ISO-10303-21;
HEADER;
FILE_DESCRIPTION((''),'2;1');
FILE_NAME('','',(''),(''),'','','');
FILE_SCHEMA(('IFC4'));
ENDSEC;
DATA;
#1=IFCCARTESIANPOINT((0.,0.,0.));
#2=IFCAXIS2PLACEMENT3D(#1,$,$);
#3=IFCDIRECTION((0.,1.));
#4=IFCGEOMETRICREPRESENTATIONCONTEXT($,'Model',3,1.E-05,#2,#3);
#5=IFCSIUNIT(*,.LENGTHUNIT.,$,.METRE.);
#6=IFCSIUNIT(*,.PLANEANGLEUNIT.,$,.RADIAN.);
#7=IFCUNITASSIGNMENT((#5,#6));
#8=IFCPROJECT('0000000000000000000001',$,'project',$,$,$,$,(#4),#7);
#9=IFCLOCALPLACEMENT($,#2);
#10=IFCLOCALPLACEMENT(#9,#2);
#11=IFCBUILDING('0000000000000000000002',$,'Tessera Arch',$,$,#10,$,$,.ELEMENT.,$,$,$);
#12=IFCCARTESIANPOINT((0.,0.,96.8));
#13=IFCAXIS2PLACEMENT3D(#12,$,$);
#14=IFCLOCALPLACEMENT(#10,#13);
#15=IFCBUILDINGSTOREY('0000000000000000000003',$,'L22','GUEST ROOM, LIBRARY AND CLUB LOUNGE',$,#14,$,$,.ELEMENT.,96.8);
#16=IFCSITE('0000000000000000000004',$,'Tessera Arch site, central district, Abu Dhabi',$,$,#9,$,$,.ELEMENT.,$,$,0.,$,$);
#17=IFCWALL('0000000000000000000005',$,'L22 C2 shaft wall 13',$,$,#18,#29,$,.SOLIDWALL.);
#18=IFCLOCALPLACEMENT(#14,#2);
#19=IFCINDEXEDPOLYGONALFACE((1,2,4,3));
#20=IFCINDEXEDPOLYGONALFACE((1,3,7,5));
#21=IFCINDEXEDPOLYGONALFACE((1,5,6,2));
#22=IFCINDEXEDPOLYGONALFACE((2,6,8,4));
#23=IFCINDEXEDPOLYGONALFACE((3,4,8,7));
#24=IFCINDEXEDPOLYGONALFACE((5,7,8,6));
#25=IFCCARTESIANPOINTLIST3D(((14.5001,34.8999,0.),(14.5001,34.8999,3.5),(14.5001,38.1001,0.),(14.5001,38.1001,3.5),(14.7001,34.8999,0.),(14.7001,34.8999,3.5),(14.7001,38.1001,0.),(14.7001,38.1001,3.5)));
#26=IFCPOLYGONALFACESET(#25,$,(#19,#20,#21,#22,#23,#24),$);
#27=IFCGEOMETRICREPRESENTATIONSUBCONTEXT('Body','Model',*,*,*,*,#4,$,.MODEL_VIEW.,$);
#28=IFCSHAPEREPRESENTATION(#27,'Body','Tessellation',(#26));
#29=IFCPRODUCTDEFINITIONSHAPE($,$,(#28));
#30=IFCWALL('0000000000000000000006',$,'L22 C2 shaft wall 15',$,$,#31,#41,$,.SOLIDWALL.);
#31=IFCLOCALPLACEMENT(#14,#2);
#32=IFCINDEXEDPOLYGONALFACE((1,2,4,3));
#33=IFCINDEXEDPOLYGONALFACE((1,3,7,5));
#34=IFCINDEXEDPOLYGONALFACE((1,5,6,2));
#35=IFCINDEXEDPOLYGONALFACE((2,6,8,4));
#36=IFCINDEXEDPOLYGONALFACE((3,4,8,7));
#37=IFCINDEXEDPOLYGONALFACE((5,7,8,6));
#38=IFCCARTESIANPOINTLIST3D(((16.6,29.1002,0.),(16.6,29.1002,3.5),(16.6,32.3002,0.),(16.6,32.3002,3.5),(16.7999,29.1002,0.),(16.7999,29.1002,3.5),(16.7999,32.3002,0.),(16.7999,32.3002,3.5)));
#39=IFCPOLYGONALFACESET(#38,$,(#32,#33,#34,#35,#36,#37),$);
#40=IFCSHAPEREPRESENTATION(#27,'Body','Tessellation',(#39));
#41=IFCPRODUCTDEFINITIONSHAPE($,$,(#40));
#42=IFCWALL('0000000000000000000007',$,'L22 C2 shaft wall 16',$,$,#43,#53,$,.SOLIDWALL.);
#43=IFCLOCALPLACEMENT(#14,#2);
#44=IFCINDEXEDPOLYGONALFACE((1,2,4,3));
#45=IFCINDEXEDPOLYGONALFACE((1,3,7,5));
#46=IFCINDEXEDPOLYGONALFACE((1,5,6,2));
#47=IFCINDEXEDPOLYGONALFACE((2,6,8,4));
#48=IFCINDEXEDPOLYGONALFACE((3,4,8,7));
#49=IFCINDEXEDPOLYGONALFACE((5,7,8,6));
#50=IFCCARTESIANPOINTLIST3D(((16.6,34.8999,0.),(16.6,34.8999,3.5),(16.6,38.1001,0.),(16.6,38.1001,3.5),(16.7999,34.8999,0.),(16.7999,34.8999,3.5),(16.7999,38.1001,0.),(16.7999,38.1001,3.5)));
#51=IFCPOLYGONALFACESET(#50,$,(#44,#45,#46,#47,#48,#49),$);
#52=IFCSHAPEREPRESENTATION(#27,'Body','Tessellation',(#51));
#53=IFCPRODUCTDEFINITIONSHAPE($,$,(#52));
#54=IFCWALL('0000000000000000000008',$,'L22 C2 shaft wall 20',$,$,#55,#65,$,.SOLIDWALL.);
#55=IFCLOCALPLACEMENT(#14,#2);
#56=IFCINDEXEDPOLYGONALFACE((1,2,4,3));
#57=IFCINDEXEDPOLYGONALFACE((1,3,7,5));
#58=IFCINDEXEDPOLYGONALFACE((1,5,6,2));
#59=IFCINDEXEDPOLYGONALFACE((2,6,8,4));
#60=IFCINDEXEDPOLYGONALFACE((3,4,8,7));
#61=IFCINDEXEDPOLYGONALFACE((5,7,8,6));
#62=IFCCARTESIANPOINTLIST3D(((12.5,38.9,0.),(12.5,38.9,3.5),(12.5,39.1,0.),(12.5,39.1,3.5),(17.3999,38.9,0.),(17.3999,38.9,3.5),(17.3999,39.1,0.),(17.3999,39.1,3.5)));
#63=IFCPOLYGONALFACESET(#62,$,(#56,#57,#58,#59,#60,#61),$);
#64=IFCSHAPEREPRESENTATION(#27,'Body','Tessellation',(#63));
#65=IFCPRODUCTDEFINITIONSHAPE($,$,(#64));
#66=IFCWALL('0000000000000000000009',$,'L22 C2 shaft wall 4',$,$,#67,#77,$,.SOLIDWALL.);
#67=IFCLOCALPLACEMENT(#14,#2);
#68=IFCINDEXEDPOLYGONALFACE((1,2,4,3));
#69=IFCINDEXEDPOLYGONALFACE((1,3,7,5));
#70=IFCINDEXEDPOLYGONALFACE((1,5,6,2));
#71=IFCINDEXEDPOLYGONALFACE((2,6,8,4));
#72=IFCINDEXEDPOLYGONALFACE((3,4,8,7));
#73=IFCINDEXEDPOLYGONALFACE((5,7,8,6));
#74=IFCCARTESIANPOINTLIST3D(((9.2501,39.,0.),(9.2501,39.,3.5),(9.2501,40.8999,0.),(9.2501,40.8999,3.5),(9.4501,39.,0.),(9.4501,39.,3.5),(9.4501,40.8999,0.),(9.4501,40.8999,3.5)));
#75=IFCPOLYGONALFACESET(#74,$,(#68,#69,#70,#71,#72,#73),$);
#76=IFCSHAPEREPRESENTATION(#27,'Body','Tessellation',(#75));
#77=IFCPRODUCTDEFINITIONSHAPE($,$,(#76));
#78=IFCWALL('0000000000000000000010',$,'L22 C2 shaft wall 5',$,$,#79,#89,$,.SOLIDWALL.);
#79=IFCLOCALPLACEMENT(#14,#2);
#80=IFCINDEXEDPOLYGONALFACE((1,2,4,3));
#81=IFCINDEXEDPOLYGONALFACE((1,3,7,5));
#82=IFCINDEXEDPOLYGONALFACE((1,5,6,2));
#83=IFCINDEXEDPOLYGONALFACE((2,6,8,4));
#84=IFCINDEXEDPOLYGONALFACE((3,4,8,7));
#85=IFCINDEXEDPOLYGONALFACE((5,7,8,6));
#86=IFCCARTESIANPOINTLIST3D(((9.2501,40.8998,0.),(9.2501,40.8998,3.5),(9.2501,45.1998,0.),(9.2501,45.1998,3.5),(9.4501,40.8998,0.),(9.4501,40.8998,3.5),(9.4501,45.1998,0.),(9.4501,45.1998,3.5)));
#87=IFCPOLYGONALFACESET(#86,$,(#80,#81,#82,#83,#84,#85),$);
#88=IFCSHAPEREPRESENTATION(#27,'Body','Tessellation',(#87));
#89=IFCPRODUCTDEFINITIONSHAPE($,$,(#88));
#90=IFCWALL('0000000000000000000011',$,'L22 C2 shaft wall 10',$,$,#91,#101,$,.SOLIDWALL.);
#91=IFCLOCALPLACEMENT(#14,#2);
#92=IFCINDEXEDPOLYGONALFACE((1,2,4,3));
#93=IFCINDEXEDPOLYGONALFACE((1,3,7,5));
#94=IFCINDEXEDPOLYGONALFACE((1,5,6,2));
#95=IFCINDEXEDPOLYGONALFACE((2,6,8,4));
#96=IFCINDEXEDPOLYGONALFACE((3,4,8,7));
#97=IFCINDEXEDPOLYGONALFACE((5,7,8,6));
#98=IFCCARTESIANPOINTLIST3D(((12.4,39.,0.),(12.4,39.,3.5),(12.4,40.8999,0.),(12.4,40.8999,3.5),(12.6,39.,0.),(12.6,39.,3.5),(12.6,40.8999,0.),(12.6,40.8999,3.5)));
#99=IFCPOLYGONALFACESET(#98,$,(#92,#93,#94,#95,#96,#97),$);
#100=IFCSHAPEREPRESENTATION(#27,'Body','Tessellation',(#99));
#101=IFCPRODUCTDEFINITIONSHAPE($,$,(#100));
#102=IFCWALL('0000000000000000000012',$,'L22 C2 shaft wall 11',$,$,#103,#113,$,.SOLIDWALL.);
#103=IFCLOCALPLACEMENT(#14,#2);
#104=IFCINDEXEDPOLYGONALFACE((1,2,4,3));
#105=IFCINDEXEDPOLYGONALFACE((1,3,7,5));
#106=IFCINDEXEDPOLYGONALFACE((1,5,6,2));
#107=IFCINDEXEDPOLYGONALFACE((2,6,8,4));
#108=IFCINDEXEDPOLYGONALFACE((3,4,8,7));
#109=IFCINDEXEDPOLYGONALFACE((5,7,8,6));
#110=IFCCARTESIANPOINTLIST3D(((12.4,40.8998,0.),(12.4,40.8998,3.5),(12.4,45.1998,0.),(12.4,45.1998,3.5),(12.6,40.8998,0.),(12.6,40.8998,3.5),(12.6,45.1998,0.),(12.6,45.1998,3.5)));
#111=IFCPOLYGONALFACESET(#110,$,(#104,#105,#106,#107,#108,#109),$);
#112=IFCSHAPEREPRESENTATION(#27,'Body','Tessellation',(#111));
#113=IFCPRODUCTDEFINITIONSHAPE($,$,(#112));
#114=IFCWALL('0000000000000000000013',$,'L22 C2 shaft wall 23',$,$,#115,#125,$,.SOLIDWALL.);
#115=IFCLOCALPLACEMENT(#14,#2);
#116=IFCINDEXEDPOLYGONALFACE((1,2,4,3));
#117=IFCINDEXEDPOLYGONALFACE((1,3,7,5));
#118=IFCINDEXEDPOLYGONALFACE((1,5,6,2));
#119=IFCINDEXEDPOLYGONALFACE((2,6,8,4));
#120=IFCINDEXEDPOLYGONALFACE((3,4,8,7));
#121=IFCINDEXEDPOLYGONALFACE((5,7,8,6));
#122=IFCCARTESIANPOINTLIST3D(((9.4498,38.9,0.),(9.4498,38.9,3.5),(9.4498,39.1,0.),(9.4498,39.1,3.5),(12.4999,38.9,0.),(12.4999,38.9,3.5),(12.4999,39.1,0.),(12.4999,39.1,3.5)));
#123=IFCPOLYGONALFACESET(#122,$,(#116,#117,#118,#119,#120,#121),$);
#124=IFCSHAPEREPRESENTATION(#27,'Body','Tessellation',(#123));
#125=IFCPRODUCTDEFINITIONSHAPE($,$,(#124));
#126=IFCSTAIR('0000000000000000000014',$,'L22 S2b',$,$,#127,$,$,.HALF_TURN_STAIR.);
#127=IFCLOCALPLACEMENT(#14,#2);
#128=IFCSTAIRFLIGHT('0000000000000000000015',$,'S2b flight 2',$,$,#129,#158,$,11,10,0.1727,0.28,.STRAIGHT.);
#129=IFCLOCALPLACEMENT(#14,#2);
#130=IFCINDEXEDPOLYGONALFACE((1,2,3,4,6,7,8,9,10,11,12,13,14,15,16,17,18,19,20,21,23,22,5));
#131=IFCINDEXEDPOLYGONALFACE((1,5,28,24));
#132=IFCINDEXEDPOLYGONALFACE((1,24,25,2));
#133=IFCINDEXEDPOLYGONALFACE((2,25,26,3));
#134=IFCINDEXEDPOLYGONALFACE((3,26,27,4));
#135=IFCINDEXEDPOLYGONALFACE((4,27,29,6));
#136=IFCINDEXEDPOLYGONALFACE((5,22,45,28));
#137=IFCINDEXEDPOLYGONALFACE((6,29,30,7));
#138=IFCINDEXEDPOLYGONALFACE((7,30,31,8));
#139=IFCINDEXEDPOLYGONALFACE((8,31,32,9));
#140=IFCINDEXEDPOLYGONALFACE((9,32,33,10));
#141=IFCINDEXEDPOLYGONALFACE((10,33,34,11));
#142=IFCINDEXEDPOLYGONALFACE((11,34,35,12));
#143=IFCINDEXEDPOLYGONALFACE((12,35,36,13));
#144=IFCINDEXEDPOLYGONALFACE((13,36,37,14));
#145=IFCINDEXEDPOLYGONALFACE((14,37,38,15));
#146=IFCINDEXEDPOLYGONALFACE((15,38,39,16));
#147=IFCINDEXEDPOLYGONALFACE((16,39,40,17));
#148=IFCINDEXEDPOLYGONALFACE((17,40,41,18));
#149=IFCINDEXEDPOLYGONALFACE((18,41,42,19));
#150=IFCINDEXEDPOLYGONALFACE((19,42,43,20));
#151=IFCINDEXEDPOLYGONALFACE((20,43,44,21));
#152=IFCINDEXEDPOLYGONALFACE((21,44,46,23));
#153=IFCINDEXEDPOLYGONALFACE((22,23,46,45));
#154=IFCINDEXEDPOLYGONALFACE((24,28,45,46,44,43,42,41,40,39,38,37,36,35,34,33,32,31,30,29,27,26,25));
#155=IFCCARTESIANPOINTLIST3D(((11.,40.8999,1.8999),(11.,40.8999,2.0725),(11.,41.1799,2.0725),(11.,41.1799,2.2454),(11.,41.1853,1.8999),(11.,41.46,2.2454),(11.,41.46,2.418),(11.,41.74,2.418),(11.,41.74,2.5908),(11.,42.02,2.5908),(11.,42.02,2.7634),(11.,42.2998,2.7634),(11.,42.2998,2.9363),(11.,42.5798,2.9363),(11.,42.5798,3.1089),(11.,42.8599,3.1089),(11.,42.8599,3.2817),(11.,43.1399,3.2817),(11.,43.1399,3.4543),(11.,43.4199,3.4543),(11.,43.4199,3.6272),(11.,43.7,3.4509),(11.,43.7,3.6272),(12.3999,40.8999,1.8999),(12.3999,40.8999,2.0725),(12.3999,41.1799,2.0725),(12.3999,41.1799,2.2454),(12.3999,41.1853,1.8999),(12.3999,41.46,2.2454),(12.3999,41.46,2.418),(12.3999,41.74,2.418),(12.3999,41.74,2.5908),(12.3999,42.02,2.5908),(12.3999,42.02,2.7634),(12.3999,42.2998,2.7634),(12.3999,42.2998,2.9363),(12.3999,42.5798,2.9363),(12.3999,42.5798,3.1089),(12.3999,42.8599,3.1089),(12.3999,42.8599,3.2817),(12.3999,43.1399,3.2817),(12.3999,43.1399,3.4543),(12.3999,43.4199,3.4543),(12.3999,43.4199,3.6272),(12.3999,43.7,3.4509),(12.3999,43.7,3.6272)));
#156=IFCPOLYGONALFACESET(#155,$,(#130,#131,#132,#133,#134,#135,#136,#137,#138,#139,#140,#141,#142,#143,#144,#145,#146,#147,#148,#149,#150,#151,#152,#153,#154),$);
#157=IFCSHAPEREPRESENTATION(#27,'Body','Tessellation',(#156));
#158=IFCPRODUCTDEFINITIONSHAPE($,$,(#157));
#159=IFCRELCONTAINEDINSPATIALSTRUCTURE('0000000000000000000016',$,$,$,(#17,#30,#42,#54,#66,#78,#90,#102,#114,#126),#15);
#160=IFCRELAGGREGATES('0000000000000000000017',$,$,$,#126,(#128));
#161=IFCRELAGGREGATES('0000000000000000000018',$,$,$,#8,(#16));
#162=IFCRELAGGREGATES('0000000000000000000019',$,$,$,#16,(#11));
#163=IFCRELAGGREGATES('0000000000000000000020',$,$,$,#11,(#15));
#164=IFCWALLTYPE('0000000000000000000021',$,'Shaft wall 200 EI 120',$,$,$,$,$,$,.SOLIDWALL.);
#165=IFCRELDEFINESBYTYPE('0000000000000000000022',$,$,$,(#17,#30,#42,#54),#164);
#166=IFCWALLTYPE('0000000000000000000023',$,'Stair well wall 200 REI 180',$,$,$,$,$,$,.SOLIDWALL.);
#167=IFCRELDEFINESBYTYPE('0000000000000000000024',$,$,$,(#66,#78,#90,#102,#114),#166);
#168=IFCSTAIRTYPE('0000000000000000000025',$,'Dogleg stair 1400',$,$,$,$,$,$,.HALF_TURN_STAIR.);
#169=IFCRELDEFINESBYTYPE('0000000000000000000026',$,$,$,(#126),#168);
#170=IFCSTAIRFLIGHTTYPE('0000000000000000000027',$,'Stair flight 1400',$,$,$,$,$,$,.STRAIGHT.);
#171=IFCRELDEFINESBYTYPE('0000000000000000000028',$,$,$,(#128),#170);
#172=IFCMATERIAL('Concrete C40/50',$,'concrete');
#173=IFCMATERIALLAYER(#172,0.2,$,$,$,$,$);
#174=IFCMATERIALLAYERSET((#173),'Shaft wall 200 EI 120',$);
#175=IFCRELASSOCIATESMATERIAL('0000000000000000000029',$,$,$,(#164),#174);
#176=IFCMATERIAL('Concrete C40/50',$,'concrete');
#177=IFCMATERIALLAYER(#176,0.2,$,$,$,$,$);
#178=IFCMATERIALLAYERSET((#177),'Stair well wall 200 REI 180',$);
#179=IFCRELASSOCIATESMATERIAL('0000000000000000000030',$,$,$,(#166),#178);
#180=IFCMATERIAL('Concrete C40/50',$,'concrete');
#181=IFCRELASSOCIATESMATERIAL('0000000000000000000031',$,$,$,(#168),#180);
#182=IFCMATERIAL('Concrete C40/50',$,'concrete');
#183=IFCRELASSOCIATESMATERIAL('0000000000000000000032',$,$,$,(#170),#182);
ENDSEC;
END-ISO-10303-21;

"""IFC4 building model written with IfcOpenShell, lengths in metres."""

from ifc_helpers import new_model, si_unit, direction, frame, frame_2d, origin, place, context, subcontext, project, spatial, polyline, rectangle, outline, extrude, material, layer, layer_set, type_object, element, aggregate, save


model = new_model("IFC4")

# Units and contexts
model_context = context("Model", 3, precision=1e-05, world=origin(), true_north=direction((0.0, 1.0)))
body_context = subcontext(model_context, "Body", "Model", "MODEL_VIEW")
ifc_project = project(units=[si_unit("LENGTHUNIT", "METRE"), si_unit("PLANEANGLEUNIT", "RADIAN")], contexts=[model_context])

# Site, building, storey
site_placement = place(None, origin())
site = spatial("IfcSite", under=ifc_project, at=site_placement, Name="Tessera Arch site, central district, Abu Dhabi", CompositionType="ELEMENT", RefElevation=0.0)
building_placement = place(site_placement, origin())
building = spatial("IfcBuilding", under=site, at=building_placement, Name="Tessera Arch", CompositionType="ELEMENT")
storey_placement = place(building_placement, frame((0.0, 0.0, 96.8)))
storey = spatial("IfcBuildingStorey", under=building, at=storey_placement, Name="L22", Description="GUEST ROOM, LIBRARY AND CLUB LOUNGE", CompositionType="ELEMENT", Elevation=96.8)

# Walls
ifc_material_1 = material(Name="Concrete C40/50", Category="concrete")
ifc_layer_1 = layer(ifc_material_1, 0.2)
ifc_layer_set_1 = layer_set([ifc_layer_1], Name="Shaft wall 200 EI 120")
wall_type_1 = type_object("IfcWallType", Name="Shaft wall 200 EI 120", PredefinedType="SOLIDWALL", material=ifc_layer_set_1)
wall_1_placement = place(storey_placement, frame((14.6001, 34.8999, 0.0), z_axis=(0.0, 0.0, 1.0), x_axis=(0.0, 1.0, 0.0)))
element("IfcWall", 1, at=wall_1_placement, inside=storey, type_object=wall_type_1, Name="L22 C2 shaft wall 13", PredefinedType="SOLIDWALL", context=body_context, shape_type="SweptSolid", body=[
    extrude(rectangle(XDim=3.2002, YDim=0.2, at=frame_2d((1.6001, 0.0))), origin(), (0.0, 0.0, 1.0), 3.5),
])
wall_2_placement = place(storey_placement, frame((16.7, 29.1001, 0.0), z_axis=(0.0, 0.0, 1.0), x_axis=(0.0, 1.0, 0.0)))
element("IfcWall", 2, at=wall_2_placement, inside=storey, type_object=wall_type_1, Name="L22 C2 shaft wall 15", PredefinedType="SOLIDWALL", context=body_context, shape_type="SweptSolid", body=[
    extrude(rectangle(XDim=3.2, YDim=0.2, at=frame_2d((1.6001, 0.0))), origin(), (0.0, 0.0, 1.0), 3.5),
])
wall_3_placement = place(storey_placement, frame((16.7, 34.8999, 0.0), z_axis=(0.0, 0.0, 1.0), x_axis=(0.0, 1.0, 0.0)))
element("IfcWall", 3, at=wall_3_placement, inside=storey, type_object=wall_type_1, Name="L22 C2 shaft wall 16", PredefinedType="SOLIDWALL", context=body_context, shape_type="SweptSolid", body=[
    extrude(rectangle(XDim=3.2002, YDim=0.2, at=frame_2d((1.6001, 0.0))), origin(), (0.0, 0.0, 1.0), 3.5),
])
wall_4_placement = place(storey_placement, frame((12.5, 39.0, 0.0), z_axis=(0.0, 0.0, 1.0), x_axis=(1.0, 0.0, 0.0)))
element("IfcWall", 4, at=wall_4_placement, inside=storey, type_object=wall_type_1, Name="L22 C2 shaft wall 20", PredefinedType="SOLIDWALL", context=body_context, shape_type="SweptSolid", body=[
    extrude(rectangle(XDim=4.8999, YDim=0.2, at=frame_2d((2.45, 0.0))), origin(), (0.0, 0.0, 1.0), 3.5),
])
ifc_material_2 = material(Name="Concrete C40/50", Category="concrete")
ifc_layer_2 = layer(ifc_material_2, 0.2)
ifc_layer_set_2 = layer_set([ifc_layer_2], Name="Stair well wall 200 REI 180")
wall_type_2 = type_object("IfcWallType", Name="Stair well wall 200 REI 180", PredefinedType="SOLIDWALL", material=ifc_layer_set_2)
wall_5_placement = place(storey_placement, frame((9.3501, 39.0, 0.0), z_axis=(0.0, 0.0, 1.0), x_axis=(0.0, 1.0, 0.0)))
element("IfcWall", 5, at=wall_5_placement, inside=storey, type_object=wall_type_2, Name="L22 C2 shaft wall 4", PredefinedType="SOLIDWALL", context=body_context, shape_type="SweptSolid", body=[
    extrude(rectangle(XDim=1.8999, YDim=0.2, at=frame_2d((0.95, 0.0))), origin(), (0.0, 0.0, 1.0), 3.5),
])
wall_6_placement = place(storey_placement, frame((9.3501, 40.8999, 0.0), z_axis=(0.0, 0.0, 1.0), x_axis=(0.0, 1.0, 0.0)))
element("IfcWall", 6, at=wall_6_placement, inside=storey, type_object=wall_type_2, Name="L22 C2 shaft wall 5", PredefinedType="SOLIDWALL", context=body_context, shape_type="SweptSolid", body=[
    extrude(rectangle(XDim=4.3, YDim=0.2, at=frame_2d((2.1499, 0.0))), origin(), (0.0, 0.0, 1.0), 3.5),
])
wall_7_placement = place(storey_placement, frame((12.5, 39.0, 0.0), z_axis=(0.0, 0.0, 1.0), x_axis=(0.0, 1.0, 0.0)))
element("IfcWall", 7, at=wall_7_placement, inside=storey, type_object=wall_type_2, Name="L22 C2 shaft wall 10", PredefinedType="SOLIDWALL", context=body_context, shape_type="SweptSolid", body=[
    extrude(rectangle(XDim=1.8999, YDim=0.2, at=frame_2d((0.95, 0.0))), origin(), (0.0, 0.0, 1.0), 3.5),
])
wall_8_placement = place(storey_placement, frame((12.5, 40.8999, 0.0), z_axis=(0.0, 0.0, 1.0), x_axis=(0.0, 1.0, 0.0)))
element("IfcWall", 8, at=wall_8_placement, inside=storey, type_object=wall_type_2, Name="L22 C2 shaft wall 11", PredefinedType="SOLIDWALL", context=body_context, shape_type="SweptSolid", body=[
    extrude(rectangle(XDim=4.3, YDim=0.2, at=frame_2d((2.1499, 0.0))), origin(), (0.0, 0.0, 1.0), 3.5),
])
wall_9_placement = place(storey_placement, frame((9.45, 39.0, 0.0), z_axis=(0.0, 0.0, 1.0), x_axis=(1.0, 0.0, 0.0)))
element("IfcWall", 9, at=wall_9_placement, inside=storey, type_object=wall_type_2, Name="L22 C2 shaft wall 23", PredefinedType="SOLIDWALL", context=body_context, shape_type="SweptSolid", body=[
    extrude(rectangle(XDim=3.05, YDim=0.2, at=frame_2d((1.5249, 0.0))), origin(), (0.0, 0.0, 1.0), 3.5),
])

# Stair, stair flight
ifc_material_3 = material(Name="Concrete C40/50", Category="concrete")
stair_type = type_object("IfcStairType", Name="Dogleg stair 1400", PredefinedType="HALF_TURN_STAIR", material=ifc_material_3)
stair_placement = place(storey_placement, origin())
stair = element("IfcStair", 10, at=stair_placement, inside=storey, type_object=stair_type, Name="L22 S2b", PredefinedType="HALF_TURN_STAIR")
ifc_material_4 = material(Name="Concrete C40/50", Category="concrete")
stair_flight_type = type_object("IfcStairFlightType", Name="Stair flight 1400", PredefinedType="STRAIGHT", material=ifc_material_4)
stair_flight_placement = place(storey_placement, frame((11.7, 40.8999, 1.8999), z_axis=(0.0, 0.0, 1.0), x_axis=(0.0, 1.0, 0.0)))
stair_flight = element("IfcStairFlight", 11, at=stair_flight_placement, type_object=stair_flight_type, Name="S2b flight 2", NumberOfRisers=11, NumberOfTreads=10, PredefinedType="STRAIGHT", RiserHeight=0.1727, TreadLength=0.28, context=body_context, shape_type="SweptSolid", body=[
    extrude(outline(polyline([(0.0, 0.0), (0.0, 0.1726), (0.28, 0.1726), (0.28, 0.3455), (0.5601, 0.3455), (0.5601, 0.5181), (0.8401, 0.5181), (0.8401, 0.6909), (1.1201, 0.6909), (1.1201, 0.8635), (1.3999, 0.8635), (1.3999, 1.0364), (1.6799, 1.0364), (1.6799, 1.209), (1.96, 1.209), (1.96, 1.3818), (2.24, 1.3818), (2.24, 1.5544), (2.52, 1.5544), (2.52, 1.7273), (2.8, 1.7273), (2.8, 1.8999), (2.8, 1.551), (0.2854, 0.0), (0.0, 0.0)])), frame((0.0, 0.7, 0.0), z_axis=(0.0, -1.0, 0.0), x_axis=(1.0, 0.0, 0.0)), (0.0, 0.0, 1.0), 1.3999),
])
aggregate(stair, [stair_flight])

save(model, "model.ifc")
